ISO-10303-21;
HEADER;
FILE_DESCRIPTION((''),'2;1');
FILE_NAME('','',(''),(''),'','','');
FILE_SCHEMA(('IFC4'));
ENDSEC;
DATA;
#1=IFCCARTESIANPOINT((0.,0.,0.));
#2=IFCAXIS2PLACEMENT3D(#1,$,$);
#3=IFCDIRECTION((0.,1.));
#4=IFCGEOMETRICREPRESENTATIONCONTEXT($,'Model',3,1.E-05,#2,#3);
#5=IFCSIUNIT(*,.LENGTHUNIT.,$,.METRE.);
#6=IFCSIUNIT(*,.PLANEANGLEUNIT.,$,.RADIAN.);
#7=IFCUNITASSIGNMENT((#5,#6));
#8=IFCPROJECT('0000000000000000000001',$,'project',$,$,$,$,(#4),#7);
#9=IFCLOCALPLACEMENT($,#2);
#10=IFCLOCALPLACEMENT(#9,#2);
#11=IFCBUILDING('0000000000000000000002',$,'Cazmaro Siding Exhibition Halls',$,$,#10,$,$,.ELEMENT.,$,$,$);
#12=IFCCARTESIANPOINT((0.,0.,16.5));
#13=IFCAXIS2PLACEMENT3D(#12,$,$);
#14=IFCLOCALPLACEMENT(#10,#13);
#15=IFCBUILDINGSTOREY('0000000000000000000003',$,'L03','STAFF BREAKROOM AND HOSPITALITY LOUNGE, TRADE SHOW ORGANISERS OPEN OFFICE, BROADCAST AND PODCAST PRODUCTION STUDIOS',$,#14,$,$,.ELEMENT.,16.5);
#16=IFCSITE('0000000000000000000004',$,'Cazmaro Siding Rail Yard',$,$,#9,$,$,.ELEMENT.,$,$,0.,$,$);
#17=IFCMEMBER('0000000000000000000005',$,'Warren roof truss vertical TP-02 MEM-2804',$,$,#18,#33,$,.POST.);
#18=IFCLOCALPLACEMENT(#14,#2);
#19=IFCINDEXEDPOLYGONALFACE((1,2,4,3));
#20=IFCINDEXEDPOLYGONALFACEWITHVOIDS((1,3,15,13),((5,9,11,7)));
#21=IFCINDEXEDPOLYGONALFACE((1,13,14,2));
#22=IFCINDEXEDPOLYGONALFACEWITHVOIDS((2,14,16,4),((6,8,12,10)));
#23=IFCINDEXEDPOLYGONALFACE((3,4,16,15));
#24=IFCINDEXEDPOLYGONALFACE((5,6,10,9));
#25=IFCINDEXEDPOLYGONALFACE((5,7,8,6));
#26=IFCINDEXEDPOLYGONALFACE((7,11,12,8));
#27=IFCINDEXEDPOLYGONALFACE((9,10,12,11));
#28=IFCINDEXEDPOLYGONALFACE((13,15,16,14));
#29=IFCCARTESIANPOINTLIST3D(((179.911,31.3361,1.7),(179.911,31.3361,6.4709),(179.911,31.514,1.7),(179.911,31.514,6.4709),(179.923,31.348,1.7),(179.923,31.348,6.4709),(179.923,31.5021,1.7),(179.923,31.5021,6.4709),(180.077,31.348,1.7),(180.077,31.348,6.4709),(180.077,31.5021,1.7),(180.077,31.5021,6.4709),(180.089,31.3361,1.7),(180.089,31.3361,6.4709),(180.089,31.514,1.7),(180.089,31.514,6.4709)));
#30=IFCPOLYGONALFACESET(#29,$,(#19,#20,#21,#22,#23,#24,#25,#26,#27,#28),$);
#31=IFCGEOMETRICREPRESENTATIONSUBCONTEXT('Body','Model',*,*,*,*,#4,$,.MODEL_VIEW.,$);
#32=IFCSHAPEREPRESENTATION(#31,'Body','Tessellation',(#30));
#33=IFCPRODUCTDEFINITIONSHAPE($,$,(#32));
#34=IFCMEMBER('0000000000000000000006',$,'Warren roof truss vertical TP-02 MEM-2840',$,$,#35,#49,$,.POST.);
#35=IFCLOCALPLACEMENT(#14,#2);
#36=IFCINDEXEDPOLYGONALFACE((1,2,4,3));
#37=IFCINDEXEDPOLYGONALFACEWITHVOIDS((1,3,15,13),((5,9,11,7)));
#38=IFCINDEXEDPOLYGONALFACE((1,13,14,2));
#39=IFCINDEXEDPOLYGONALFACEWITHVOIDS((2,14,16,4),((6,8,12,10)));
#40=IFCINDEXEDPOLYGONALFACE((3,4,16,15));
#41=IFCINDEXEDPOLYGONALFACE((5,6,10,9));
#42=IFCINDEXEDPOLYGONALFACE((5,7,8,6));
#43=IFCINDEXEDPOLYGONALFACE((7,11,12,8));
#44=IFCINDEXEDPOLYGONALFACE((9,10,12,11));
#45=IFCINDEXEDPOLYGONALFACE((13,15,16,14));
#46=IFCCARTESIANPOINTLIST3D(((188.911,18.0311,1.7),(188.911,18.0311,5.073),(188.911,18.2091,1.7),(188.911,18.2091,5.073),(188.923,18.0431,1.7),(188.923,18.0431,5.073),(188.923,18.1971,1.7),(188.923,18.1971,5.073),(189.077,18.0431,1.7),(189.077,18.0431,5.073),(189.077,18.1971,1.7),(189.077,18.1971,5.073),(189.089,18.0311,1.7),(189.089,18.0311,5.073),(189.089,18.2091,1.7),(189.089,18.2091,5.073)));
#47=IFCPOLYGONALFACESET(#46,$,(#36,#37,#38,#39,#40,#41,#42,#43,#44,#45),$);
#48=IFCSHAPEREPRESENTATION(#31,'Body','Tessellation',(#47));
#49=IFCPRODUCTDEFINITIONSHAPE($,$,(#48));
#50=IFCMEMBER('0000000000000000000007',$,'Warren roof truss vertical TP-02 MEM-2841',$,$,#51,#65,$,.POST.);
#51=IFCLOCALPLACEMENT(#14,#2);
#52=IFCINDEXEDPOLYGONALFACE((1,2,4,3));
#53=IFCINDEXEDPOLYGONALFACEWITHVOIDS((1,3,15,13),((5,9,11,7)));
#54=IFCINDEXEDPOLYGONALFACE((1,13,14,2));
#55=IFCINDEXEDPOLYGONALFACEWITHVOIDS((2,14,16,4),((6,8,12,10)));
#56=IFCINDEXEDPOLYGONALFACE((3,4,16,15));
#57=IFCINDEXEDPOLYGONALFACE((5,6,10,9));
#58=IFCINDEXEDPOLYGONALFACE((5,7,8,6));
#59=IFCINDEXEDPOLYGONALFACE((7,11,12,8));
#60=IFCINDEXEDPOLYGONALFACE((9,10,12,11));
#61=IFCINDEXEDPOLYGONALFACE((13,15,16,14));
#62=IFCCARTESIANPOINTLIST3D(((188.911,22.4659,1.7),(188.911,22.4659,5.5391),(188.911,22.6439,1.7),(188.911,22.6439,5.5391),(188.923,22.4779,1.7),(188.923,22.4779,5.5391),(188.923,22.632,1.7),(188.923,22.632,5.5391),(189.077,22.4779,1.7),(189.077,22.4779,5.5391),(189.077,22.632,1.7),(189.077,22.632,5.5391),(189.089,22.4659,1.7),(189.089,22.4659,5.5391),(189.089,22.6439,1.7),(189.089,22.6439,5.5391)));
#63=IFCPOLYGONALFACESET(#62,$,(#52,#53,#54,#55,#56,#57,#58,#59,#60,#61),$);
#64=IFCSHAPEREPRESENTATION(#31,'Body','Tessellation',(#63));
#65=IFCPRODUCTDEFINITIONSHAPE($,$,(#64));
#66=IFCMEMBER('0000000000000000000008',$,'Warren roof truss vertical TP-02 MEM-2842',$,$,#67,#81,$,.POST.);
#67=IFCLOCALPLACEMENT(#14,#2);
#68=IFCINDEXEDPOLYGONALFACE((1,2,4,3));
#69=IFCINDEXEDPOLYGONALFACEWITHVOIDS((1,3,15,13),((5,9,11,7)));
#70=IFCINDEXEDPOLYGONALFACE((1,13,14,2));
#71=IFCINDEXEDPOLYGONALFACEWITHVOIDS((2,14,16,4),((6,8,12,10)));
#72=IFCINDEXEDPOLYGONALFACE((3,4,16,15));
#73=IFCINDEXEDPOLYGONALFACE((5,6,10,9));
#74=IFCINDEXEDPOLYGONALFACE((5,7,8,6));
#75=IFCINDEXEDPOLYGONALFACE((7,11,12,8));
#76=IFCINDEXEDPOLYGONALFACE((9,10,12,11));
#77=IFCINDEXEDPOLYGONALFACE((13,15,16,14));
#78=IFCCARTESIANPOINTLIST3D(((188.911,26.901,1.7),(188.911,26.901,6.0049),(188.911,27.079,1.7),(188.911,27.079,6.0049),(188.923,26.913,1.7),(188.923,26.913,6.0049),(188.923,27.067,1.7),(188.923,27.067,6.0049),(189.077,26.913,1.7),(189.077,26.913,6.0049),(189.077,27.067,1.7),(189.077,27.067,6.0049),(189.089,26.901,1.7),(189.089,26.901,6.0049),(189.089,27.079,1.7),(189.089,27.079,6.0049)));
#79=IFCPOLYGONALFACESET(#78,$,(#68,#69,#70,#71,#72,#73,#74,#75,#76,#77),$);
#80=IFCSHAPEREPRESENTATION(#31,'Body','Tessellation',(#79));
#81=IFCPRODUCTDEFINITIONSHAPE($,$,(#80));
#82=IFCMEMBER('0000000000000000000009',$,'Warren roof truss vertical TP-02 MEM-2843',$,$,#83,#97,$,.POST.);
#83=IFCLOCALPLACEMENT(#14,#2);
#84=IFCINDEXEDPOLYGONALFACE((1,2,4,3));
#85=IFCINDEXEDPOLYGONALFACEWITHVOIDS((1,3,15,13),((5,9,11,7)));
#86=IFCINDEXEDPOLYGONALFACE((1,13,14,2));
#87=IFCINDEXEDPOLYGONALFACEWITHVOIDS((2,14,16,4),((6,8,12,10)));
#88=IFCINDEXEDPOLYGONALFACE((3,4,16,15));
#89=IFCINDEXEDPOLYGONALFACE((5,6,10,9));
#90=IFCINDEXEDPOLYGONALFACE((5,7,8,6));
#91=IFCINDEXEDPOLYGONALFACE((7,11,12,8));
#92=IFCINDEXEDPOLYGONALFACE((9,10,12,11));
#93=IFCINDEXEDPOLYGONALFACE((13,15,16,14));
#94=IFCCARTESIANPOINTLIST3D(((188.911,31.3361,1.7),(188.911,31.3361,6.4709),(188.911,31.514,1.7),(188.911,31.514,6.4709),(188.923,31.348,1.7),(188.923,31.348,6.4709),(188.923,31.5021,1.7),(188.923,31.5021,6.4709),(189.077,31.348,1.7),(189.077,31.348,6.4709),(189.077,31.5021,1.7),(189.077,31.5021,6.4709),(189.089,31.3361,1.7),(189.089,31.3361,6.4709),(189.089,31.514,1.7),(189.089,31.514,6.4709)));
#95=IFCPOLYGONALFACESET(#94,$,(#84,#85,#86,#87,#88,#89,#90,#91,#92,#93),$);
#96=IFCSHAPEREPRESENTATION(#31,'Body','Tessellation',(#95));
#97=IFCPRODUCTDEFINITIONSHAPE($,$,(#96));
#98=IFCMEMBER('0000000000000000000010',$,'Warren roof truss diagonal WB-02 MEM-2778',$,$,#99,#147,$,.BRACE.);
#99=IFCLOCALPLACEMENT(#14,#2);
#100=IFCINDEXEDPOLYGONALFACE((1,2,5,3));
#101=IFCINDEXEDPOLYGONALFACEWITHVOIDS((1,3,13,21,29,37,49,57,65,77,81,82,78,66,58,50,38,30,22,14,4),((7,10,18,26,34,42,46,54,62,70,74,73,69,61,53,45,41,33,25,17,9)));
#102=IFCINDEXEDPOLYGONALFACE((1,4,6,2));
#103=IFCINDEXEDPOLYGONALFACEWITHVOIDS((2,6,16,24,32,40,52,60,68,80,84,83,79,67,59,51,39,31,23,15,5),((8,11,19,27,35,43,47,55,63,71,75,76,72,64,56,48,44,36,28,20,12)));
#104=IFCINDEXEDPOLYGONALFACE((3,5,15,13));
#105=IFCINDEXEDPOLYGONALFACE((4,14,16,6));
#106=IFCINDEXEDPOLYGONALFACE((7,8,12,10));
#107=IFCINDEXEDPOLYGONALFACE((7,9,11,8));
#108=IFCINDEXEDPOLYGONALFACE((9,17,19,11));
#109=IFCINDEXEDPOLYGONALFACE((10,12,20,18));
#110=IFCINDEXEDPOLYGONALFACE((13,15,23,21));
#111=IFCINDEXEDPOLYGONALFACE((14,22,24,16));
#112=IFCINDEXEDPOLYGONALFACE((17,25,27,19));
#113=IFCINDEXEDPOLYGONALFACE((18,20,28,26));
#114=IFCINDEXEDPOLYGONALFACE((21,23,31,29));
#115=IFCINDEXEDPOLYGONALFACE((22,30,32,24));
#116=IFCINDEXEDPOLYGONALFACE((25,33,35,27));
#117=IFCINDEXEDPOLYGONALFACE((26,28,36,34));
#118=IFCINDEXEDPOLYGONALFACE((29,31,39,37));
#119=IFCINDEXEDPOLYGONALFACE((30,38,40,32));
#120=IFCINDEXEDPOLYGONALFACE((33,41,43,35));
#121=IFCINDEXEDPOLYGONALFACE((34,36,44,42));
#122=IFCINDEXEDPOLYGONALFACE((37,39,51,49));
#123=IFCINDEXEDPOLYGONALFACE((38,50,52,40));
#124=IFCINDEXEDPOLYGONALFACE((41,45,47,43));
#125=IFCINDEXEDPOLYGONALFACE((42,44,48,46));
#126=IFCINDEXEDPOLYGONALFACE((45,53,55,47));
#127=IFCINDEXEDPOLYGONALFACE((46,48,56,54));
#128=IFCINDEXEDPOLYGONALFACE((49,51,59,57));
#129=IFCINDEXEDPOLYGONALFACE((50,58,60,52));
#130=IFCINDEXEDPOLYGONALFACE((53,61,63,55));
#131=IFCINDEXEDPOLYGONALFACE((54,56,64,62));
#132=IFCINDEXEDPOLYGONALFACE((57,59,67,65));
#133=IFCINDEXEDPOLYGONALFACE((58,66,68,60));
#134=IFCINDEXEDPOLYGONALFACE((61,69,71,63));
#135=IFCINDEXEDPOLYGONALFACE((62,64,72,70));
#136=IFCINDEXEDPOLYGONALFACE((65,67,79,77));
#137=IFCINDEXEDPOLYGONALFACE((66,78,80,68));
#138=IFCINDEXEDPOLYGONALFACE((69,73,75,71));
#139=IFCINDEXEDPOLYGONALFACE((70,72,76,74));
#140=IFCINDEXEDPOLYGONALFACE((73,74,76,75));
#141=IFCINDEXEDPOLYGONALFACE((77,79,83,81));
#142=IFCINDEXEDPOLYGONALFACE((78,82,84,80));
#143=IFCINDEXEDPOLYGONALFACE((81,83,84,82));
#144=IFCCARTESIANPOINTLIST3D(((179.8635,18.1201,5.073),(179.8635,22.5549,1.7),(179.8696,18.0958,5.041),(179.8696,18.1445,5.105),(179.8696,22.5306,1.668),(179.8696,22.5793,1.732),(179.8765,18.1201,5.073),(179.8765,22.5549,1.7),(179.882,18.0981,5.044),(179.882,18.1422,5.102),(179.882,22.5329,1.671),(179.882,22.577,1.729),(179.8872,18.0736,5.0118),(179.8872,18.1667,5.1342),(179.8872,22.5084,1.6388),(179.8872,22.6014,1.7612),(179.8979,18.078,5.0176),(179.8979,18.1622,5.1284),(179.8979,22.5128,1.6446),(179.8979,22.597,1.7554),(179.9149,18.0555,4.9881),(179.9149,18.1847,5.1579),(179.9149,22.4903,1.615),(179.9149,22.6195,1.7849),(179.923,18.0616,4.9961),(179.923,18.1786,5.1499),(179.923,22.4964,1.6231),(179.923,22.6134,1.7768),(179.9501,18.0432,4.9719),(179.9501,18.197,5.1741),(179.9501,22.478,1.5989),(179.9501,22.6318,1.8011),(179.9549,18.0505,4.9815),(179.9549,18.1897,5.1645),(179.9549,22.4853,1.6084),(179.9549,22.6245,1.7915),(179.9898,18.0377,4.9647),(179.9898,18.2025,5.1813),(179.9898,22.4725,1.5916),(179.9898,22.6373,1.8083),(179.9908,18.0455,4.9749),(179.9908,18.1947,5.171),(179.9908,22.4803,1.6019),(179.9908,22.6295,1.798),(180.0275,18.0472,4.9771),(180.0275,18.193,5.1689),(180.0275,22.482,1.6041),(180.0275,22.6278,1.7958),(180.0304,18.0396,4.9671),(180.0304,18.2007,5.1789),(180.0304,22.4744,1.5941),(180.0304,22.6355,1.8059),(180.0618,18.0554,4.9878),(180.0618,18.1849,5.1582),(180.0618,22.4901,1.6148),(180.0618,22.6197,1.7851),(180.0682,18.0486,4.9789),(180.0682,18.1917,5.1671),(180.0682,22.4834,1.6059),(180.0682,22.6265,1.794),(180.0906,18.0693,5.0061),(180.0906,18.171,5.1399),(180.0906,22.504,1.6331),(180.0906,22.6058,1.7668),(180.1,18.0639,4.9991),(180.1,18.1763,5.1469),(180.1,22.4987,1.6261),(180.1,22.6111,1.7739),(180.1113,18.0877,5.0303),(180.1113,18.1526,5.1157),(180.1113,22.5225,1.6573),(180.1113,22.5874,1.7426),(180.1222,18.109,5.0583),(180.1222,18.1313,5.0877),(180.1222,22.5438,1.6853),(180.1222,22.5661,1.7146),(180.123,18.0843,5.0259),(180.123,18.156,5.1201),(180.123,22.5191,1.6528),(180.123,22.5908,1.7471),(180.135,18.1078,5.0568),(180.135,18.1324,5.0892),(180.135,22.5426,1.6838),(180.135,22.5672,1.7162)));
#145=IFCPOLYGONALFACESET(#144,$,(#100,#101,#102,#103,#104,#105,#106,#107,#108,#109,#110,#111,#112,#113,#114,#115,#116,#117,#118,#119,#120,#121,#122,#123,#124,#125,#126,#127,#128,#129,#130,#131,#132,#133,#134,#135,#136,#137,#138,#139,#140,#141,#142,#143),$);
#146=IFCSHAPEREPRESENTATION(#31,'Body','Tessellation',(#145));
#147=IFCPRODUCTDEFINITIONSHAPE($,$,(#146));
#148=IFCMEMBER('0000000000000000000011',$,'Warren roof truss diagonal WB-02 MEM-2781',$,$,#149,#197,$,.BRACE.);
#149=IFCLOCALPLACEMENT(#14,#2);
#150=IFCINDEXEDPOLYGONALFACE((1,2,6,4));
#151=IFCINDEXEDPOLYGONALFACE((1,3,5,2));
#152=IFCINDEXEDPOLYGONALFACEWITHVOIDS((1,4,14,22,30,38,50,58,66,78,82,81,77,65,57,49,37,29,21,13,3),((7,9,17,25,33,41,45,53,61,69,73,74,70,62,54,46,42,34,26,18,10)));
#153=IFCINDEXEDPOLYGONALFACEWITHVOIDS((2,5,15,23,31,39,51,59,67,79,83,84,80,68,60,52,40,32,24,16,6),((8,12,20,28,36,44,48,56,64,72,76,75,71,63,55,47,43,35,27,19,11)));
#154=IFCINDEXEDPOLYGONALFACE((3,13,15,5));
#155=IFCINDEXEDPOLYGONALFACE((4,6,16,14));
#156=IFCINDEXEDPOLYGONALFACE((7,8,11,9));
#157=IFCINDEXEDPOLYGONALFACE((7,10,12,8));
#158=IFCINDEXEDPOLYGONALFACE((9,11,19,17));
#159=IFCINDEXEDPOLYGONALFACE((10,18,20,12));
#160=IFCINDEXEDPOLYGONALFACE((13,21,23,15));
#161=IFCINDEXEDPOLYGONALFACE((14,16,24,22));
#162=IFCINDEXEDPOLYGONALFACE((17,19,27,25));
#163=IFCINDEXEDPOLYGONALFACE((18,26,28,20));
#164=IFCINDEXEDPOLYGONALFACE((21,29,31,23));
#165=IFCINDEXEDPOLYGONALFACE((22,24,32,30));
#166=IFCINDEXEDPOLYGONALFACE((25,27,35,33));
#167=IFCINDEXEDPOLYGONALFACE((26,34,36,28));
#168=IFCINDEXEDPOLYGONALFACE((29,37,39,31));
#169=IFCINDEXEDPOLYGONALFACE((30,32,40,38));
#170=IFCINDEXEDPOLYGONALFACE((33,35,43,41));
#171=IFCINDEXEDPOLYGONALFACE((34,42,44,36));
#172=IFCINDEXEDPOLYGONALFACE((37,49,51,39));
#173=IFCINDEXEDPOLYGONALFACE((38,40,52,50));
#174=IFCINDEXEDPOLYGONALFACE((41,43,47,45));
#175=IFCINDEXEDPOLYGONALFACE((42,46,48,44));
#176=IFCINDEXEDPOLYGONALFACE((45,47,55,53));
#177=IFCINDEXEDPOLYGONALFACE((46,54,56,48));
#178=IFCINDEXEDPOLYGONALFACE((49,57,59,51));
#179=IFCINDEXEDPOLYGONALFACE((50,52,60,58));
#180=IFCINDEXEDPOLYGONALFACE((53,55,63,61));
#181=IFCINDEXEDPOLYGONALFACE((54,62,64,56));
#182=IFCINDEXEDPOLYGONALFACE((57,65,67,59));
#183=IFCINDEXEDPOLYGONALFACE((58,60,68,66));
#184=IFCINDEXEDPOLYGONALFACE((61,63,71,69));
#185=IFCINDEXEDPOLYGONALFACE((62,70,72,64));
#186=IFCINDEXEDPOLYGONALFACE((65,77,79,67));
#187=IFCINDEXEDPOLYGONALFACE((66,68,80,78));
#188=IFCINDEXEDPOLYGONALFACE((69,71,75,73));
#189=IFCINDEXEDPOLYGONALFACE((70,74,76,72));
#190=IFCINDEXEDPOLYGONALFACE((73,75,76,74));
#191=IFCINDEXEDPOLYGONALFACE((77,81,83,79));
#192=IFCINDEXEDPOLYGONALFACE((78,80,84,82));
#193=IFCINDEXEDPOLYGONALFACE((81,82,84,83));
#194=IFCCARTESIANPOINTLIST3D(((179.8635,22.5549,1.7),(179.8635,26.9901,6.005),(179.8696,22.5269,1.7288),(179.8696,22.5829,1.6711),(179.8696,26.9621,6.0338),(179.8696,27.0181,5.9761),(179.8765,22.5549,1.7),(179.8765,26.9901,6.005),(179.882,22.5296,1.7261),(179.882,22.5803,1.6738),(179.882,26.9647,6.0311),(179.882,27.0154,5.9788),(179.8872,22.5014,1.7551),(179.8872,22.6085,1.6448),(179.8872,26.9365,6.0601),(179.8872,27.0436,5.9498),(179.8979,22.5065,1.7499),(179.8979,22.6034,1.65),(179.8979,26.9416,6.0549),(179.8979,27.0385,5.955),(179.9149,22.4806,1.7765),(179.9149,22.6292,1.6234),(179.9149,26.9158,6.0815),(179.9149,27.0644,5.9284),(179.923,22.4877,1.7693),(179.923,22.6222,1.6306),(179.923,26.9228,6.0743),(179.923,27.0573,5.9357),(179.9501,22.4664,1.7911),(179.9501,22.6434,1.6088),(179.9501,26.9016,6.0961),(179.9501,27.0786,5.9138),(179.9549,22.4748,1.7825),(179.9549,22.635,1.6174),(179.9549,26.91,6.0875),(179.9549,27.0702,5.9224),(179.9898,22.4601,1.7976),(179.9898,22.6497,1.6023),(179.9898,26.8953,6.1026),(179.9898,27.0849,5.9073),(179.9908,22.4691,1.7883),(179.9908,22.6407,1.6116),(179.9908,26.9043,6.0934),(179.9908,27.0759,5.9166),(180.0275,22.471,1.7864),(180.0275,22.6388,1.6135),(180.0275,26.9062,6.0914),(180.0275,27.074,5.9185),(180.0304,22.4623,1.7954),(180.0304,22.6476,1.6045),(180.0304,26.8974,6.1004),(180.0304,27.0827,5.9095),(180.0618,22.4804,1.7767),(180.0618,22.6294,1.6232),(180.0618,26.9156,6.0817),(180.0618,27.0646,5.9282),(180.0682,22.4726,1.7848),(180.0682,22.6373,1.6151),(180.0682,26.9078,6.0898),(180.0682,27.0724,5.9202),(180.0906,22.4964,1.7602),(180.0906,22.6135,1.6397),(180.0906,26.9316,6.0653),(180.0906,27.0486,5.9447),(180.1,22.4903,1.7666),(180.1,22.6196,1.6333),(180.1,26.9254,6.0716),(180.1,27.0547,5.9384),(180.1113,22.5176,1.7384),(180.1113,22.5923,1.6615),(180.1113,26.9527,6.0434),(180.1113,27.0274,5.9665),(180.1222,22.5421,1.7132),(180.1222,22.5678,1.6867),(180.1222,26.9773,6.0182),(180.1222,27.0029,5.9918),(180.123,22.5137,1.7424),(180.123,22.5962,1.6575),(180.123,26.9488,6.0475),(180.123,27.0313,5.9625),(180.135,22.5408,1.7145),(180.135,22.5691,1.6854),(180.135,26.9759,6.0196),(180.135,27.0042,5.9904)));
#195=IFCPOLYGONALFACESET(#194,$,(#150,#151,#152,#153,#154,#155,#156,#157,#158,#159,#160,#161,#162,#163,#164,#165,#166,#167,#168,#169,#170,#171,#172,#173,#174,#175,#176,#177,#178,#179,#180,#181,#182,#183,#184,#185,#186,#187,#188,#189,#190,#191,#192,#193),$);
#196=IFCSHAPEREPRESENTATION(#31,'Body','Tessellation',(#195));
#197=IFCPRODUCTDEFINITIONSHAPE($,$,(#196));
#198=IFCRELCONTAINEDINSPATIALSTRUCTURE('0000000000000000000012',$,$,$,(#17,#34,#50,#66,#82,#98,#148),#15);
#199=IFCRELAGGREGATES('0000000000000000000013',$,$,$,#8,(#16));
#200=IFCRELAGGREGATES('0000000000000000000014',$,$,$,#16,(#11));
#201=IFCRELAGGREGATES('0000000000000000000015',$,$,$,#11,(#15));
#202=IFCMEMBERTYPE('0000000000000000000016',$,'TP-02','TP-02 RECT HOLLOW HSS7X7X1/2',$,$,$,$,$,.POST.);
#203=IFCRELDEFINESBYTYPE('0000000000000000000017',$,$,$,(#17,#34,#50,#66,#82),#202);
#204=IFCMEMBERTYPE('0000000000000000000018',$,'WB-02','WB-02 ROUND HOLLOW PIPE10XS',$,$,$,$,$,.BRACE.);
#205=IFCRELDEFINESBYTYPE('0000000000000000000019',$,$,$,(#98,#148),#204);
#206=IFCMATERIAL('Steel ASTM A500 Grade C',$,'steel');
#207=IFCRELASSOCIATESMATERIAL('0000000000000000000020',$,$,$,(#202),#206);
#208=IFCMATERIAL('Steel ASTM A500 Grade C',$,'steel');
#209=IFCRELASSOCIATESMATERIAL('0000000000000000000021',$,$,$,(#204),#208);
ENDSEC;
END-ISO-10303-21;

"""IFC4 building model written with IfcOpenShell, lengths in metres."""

from ifc_helpers import new_model, si_unit, direction, frame, origin, origin_2d, place, context, subcontext, project, spatial, hollow_rectangle, hollow_circle, extrude, material, material_profile, profile_set, type_object, element, save


model = new_model("IFC4")

# Units and contexts
model_context = context("Model", 3, precision=1e-05, world=origin(), true_north=direction((0.0, 1.0)))
body_context = subcontext(model_context, "Body", "Model", "MODEL_VIEW")
ifc_project = project(units=[si_unit("LENGTHUNIT", "METRE"), si_unit("PLANEANGLEUNIT", "RADIAN")], contexts=[model_context])

# Site, building, storey
site_placement = place(None, origin())
site = spatial("IfcSite", under=ifc_project, at=site_placement, Name="Cazmaro Siding Rail Yard", CompositionType="ELEMENT", RefElevation=0.0)
building_placement = place(site_placement, origin())
building = spatial("IfcBuilding", under=site, at=building_placement, Name="Cazmaro Siding Exhibition Halls", CompositionType="ELEMENT")
storey_placement = place(building_placement, frame((0.0, 0.0, 16.5)))
storey = spatial("IfcBuildingStorey", under=building, at=storey_placement, Name="L03", Description="STAFF BREAKROOM AND HOSPITALITY LOUNGE, TRADE SHOW ORGANISERS OPEN OFFICE, BROADCAST AND PODCAST PRODUCTION STUDIOS", CompositionType="ELEMENT", Elevation=16.5)

# Members
ifc_material_1 = material(Name="Steel ASTM A500 Grade C", Category="steel")
ifc_material_profile_1 = material_profile(ifc_material_1, hollow_rectangle(XDim=0.178, YDim=0.178, WallThickness=0.012, at=origin_2d()), Name="HSS7X7X1/2")
ifc_profile_set_1 = profile_set([ifc_material_profile_1], Name="Steel ASTM A500 Grade C")
member_type_1 = type_object("IfcMemberType", Name="TP-02", Description="TP-02 RECT HOLLOW HSS7X7X1/2", PredefinedType="POST", material=ifc_profile_set_1)
member_1_placement = place(storey_placement, frame((180.0, 31.425, 1.7), z_axis=(0.0, 0.0, 1.0), x_axis=(1.0, 0.0, 0.0)))
element("IfcMember", 1, at=member_1_placement, inside=storey, type_object=member_type_1, Name="Warren roof truss vertical TP-02 MEM-2804", PredefinedType="POST", context=body_context, shape_type="SweptSolid", body=[
    extrude(hollow_rectangle(XDim=0.178, YDim=0.178, WallThickness=0.012, at=origin_2d()), origin(), (0.0, 0.0, 1.0), 4.771),
])
member_2_placement = place(storey_placement, frame((189.0, 18.1201, 1.7), z_axis=(0.0, 0.0, 1.0), x_axis=(1.0, 0.0, 0.0)))
element("IfcMember", 2, at=member_2_placement, inside=storey, type_object=member_type_1, Name="Warren roof truss vertical TP-02 MEM-2840", PredefinedType="POST", context=body_context, shape_type="SweptSolid", body=[
    extrude(hollow_rectangle(XDim=0.178, YDim=0.178, WallThickness=0.012, at=origin_2d()), origin(), (0.0, 0.0, 1.0), 3.373),
])
member_3_placement = place(storey_placement, frame((189.0, 22.5549, 1.7), z_axis=(0.0, 0.0, 1.0), x_axis=(1.0, 0.0, 0.0)))
element("IfcMember", 3, at=member_3_placement, inside=storey, type_object=member_type_1, Name="Warren roof truss vertical TP-02 MEM-2841", PredefinedType="POST", context=body_context, shape_type="SweptSolid", body=[
    extrude(hollow_rectangle(XDim=0.178, YDim=0.178, WallThickness=0.012, at=origin_2d()), origin(), (0.0, 0.0, 1.0), 3.8391),
])
member_4_placement = place(storey_placement, frame((189.0, 26.99, 1.7), z_axis=(0.0, 0.0, 1.0), x_axis=(1.0, 0.0, 0.0)))
element("IfcMember", 4, at=member_4_placement, inside=storey, type_object=member_type_1, Name="Warren roof truss vertical TP-02 MEM-2842", PredefinedType="POST", context=body_context, shape_type="SweptSolid", body=[
    extrude(hollow_rectangle(XDim=0.178, YDim=0.178, WallThickness=0.012, at=origin_2d()), origin(), (0.0, 0.0, 1.0), 4.3049),
])
member_5_placement = place(storey_placement, frame((189.0, 31.425, 1.7), z_axis=(0.0, 0.0, 1.0), x_axis=(1.0, 0.0, 0.0)))
element("IfcMember", 5, at=member_5_placement, inside=storey, type_object=member_type_1, Name="Warren roof truss vertical TP-02 MEM-2843", PredefinedType="POST", context=body_context, shape_type="SweptSolid", body=[
    extrude(hollow_rectangle(XDim=0.178, YDim=0.178, WallThickness=0.012, at=origin_2d()), origin(), (0.0, 0.0, 1.0), 4.771),
])
ifc_material_2 = material(Name="Steel ASTM A500 Grade C", Category="steel")
ifc_material_profile_2 = material_profile(ifc_material_2, hollow_circle(Radius=0.1365, WallThickness=0.0129, at=origin_2d()), Name="PIPE10XS")
ifc_profile_set_2 = profile_set([ifc_material_profile_2], Name="Steel ASTM A500 Grade C")
member_type_2 = type_object("IfcMemberType", Name="WB-02", Description="WB-02 ROUND HOLLOW PIPE10XS", PredefinedType="BRACE", material=ifc_profile_set_2)
member_6_placement = place(storey_placement, frame((180.0, 18.1201, 5.073), z_axis=(0.0, 0.795938, -0.605378), x_axis=(-1.0, 0.0, 0.0)))
element("IfcMember", 6, at=member_6_placement, inside=storey, type_object=member_type_2, Name="Warren roof truss diagonal WB-02 MEM-2778", PredefinedType="BRACE", context=body_context, shape_type="SweptSolid", body=[
    extrude(hollow_circle(Radius=0.1365, WallThickness=0.0129, at=origin_2d()), origin(), (0.0, 0.0, 1.0), 5.5718),
])
for number, where, z_axis, x_axis, name in (
    (7, (180.0, 22.5549, 1.7), (0.0, 0.717555, 0.696502), (-1.0, 0.0, 0.0), "Warren roof truss diagonal WB-02 MEM-2781"),
):
    element("IfcMember", number, at=place(storey_placement, frame(where, z_axis=z_axis, x_axis=x_axis)), inside=storey, type_object=member_type_2, Name=name, PredefinedType="BRACE", context=body_context, shape_type="SweptSolid", body=[
        extrude(hollow_circle(Radius=0.1365, WallThickness=0.0129, at=origin_2d()), origin(), (0.0, 0.0, 1.0), 6.1809),
    ])

save(model, "model.ifc")
